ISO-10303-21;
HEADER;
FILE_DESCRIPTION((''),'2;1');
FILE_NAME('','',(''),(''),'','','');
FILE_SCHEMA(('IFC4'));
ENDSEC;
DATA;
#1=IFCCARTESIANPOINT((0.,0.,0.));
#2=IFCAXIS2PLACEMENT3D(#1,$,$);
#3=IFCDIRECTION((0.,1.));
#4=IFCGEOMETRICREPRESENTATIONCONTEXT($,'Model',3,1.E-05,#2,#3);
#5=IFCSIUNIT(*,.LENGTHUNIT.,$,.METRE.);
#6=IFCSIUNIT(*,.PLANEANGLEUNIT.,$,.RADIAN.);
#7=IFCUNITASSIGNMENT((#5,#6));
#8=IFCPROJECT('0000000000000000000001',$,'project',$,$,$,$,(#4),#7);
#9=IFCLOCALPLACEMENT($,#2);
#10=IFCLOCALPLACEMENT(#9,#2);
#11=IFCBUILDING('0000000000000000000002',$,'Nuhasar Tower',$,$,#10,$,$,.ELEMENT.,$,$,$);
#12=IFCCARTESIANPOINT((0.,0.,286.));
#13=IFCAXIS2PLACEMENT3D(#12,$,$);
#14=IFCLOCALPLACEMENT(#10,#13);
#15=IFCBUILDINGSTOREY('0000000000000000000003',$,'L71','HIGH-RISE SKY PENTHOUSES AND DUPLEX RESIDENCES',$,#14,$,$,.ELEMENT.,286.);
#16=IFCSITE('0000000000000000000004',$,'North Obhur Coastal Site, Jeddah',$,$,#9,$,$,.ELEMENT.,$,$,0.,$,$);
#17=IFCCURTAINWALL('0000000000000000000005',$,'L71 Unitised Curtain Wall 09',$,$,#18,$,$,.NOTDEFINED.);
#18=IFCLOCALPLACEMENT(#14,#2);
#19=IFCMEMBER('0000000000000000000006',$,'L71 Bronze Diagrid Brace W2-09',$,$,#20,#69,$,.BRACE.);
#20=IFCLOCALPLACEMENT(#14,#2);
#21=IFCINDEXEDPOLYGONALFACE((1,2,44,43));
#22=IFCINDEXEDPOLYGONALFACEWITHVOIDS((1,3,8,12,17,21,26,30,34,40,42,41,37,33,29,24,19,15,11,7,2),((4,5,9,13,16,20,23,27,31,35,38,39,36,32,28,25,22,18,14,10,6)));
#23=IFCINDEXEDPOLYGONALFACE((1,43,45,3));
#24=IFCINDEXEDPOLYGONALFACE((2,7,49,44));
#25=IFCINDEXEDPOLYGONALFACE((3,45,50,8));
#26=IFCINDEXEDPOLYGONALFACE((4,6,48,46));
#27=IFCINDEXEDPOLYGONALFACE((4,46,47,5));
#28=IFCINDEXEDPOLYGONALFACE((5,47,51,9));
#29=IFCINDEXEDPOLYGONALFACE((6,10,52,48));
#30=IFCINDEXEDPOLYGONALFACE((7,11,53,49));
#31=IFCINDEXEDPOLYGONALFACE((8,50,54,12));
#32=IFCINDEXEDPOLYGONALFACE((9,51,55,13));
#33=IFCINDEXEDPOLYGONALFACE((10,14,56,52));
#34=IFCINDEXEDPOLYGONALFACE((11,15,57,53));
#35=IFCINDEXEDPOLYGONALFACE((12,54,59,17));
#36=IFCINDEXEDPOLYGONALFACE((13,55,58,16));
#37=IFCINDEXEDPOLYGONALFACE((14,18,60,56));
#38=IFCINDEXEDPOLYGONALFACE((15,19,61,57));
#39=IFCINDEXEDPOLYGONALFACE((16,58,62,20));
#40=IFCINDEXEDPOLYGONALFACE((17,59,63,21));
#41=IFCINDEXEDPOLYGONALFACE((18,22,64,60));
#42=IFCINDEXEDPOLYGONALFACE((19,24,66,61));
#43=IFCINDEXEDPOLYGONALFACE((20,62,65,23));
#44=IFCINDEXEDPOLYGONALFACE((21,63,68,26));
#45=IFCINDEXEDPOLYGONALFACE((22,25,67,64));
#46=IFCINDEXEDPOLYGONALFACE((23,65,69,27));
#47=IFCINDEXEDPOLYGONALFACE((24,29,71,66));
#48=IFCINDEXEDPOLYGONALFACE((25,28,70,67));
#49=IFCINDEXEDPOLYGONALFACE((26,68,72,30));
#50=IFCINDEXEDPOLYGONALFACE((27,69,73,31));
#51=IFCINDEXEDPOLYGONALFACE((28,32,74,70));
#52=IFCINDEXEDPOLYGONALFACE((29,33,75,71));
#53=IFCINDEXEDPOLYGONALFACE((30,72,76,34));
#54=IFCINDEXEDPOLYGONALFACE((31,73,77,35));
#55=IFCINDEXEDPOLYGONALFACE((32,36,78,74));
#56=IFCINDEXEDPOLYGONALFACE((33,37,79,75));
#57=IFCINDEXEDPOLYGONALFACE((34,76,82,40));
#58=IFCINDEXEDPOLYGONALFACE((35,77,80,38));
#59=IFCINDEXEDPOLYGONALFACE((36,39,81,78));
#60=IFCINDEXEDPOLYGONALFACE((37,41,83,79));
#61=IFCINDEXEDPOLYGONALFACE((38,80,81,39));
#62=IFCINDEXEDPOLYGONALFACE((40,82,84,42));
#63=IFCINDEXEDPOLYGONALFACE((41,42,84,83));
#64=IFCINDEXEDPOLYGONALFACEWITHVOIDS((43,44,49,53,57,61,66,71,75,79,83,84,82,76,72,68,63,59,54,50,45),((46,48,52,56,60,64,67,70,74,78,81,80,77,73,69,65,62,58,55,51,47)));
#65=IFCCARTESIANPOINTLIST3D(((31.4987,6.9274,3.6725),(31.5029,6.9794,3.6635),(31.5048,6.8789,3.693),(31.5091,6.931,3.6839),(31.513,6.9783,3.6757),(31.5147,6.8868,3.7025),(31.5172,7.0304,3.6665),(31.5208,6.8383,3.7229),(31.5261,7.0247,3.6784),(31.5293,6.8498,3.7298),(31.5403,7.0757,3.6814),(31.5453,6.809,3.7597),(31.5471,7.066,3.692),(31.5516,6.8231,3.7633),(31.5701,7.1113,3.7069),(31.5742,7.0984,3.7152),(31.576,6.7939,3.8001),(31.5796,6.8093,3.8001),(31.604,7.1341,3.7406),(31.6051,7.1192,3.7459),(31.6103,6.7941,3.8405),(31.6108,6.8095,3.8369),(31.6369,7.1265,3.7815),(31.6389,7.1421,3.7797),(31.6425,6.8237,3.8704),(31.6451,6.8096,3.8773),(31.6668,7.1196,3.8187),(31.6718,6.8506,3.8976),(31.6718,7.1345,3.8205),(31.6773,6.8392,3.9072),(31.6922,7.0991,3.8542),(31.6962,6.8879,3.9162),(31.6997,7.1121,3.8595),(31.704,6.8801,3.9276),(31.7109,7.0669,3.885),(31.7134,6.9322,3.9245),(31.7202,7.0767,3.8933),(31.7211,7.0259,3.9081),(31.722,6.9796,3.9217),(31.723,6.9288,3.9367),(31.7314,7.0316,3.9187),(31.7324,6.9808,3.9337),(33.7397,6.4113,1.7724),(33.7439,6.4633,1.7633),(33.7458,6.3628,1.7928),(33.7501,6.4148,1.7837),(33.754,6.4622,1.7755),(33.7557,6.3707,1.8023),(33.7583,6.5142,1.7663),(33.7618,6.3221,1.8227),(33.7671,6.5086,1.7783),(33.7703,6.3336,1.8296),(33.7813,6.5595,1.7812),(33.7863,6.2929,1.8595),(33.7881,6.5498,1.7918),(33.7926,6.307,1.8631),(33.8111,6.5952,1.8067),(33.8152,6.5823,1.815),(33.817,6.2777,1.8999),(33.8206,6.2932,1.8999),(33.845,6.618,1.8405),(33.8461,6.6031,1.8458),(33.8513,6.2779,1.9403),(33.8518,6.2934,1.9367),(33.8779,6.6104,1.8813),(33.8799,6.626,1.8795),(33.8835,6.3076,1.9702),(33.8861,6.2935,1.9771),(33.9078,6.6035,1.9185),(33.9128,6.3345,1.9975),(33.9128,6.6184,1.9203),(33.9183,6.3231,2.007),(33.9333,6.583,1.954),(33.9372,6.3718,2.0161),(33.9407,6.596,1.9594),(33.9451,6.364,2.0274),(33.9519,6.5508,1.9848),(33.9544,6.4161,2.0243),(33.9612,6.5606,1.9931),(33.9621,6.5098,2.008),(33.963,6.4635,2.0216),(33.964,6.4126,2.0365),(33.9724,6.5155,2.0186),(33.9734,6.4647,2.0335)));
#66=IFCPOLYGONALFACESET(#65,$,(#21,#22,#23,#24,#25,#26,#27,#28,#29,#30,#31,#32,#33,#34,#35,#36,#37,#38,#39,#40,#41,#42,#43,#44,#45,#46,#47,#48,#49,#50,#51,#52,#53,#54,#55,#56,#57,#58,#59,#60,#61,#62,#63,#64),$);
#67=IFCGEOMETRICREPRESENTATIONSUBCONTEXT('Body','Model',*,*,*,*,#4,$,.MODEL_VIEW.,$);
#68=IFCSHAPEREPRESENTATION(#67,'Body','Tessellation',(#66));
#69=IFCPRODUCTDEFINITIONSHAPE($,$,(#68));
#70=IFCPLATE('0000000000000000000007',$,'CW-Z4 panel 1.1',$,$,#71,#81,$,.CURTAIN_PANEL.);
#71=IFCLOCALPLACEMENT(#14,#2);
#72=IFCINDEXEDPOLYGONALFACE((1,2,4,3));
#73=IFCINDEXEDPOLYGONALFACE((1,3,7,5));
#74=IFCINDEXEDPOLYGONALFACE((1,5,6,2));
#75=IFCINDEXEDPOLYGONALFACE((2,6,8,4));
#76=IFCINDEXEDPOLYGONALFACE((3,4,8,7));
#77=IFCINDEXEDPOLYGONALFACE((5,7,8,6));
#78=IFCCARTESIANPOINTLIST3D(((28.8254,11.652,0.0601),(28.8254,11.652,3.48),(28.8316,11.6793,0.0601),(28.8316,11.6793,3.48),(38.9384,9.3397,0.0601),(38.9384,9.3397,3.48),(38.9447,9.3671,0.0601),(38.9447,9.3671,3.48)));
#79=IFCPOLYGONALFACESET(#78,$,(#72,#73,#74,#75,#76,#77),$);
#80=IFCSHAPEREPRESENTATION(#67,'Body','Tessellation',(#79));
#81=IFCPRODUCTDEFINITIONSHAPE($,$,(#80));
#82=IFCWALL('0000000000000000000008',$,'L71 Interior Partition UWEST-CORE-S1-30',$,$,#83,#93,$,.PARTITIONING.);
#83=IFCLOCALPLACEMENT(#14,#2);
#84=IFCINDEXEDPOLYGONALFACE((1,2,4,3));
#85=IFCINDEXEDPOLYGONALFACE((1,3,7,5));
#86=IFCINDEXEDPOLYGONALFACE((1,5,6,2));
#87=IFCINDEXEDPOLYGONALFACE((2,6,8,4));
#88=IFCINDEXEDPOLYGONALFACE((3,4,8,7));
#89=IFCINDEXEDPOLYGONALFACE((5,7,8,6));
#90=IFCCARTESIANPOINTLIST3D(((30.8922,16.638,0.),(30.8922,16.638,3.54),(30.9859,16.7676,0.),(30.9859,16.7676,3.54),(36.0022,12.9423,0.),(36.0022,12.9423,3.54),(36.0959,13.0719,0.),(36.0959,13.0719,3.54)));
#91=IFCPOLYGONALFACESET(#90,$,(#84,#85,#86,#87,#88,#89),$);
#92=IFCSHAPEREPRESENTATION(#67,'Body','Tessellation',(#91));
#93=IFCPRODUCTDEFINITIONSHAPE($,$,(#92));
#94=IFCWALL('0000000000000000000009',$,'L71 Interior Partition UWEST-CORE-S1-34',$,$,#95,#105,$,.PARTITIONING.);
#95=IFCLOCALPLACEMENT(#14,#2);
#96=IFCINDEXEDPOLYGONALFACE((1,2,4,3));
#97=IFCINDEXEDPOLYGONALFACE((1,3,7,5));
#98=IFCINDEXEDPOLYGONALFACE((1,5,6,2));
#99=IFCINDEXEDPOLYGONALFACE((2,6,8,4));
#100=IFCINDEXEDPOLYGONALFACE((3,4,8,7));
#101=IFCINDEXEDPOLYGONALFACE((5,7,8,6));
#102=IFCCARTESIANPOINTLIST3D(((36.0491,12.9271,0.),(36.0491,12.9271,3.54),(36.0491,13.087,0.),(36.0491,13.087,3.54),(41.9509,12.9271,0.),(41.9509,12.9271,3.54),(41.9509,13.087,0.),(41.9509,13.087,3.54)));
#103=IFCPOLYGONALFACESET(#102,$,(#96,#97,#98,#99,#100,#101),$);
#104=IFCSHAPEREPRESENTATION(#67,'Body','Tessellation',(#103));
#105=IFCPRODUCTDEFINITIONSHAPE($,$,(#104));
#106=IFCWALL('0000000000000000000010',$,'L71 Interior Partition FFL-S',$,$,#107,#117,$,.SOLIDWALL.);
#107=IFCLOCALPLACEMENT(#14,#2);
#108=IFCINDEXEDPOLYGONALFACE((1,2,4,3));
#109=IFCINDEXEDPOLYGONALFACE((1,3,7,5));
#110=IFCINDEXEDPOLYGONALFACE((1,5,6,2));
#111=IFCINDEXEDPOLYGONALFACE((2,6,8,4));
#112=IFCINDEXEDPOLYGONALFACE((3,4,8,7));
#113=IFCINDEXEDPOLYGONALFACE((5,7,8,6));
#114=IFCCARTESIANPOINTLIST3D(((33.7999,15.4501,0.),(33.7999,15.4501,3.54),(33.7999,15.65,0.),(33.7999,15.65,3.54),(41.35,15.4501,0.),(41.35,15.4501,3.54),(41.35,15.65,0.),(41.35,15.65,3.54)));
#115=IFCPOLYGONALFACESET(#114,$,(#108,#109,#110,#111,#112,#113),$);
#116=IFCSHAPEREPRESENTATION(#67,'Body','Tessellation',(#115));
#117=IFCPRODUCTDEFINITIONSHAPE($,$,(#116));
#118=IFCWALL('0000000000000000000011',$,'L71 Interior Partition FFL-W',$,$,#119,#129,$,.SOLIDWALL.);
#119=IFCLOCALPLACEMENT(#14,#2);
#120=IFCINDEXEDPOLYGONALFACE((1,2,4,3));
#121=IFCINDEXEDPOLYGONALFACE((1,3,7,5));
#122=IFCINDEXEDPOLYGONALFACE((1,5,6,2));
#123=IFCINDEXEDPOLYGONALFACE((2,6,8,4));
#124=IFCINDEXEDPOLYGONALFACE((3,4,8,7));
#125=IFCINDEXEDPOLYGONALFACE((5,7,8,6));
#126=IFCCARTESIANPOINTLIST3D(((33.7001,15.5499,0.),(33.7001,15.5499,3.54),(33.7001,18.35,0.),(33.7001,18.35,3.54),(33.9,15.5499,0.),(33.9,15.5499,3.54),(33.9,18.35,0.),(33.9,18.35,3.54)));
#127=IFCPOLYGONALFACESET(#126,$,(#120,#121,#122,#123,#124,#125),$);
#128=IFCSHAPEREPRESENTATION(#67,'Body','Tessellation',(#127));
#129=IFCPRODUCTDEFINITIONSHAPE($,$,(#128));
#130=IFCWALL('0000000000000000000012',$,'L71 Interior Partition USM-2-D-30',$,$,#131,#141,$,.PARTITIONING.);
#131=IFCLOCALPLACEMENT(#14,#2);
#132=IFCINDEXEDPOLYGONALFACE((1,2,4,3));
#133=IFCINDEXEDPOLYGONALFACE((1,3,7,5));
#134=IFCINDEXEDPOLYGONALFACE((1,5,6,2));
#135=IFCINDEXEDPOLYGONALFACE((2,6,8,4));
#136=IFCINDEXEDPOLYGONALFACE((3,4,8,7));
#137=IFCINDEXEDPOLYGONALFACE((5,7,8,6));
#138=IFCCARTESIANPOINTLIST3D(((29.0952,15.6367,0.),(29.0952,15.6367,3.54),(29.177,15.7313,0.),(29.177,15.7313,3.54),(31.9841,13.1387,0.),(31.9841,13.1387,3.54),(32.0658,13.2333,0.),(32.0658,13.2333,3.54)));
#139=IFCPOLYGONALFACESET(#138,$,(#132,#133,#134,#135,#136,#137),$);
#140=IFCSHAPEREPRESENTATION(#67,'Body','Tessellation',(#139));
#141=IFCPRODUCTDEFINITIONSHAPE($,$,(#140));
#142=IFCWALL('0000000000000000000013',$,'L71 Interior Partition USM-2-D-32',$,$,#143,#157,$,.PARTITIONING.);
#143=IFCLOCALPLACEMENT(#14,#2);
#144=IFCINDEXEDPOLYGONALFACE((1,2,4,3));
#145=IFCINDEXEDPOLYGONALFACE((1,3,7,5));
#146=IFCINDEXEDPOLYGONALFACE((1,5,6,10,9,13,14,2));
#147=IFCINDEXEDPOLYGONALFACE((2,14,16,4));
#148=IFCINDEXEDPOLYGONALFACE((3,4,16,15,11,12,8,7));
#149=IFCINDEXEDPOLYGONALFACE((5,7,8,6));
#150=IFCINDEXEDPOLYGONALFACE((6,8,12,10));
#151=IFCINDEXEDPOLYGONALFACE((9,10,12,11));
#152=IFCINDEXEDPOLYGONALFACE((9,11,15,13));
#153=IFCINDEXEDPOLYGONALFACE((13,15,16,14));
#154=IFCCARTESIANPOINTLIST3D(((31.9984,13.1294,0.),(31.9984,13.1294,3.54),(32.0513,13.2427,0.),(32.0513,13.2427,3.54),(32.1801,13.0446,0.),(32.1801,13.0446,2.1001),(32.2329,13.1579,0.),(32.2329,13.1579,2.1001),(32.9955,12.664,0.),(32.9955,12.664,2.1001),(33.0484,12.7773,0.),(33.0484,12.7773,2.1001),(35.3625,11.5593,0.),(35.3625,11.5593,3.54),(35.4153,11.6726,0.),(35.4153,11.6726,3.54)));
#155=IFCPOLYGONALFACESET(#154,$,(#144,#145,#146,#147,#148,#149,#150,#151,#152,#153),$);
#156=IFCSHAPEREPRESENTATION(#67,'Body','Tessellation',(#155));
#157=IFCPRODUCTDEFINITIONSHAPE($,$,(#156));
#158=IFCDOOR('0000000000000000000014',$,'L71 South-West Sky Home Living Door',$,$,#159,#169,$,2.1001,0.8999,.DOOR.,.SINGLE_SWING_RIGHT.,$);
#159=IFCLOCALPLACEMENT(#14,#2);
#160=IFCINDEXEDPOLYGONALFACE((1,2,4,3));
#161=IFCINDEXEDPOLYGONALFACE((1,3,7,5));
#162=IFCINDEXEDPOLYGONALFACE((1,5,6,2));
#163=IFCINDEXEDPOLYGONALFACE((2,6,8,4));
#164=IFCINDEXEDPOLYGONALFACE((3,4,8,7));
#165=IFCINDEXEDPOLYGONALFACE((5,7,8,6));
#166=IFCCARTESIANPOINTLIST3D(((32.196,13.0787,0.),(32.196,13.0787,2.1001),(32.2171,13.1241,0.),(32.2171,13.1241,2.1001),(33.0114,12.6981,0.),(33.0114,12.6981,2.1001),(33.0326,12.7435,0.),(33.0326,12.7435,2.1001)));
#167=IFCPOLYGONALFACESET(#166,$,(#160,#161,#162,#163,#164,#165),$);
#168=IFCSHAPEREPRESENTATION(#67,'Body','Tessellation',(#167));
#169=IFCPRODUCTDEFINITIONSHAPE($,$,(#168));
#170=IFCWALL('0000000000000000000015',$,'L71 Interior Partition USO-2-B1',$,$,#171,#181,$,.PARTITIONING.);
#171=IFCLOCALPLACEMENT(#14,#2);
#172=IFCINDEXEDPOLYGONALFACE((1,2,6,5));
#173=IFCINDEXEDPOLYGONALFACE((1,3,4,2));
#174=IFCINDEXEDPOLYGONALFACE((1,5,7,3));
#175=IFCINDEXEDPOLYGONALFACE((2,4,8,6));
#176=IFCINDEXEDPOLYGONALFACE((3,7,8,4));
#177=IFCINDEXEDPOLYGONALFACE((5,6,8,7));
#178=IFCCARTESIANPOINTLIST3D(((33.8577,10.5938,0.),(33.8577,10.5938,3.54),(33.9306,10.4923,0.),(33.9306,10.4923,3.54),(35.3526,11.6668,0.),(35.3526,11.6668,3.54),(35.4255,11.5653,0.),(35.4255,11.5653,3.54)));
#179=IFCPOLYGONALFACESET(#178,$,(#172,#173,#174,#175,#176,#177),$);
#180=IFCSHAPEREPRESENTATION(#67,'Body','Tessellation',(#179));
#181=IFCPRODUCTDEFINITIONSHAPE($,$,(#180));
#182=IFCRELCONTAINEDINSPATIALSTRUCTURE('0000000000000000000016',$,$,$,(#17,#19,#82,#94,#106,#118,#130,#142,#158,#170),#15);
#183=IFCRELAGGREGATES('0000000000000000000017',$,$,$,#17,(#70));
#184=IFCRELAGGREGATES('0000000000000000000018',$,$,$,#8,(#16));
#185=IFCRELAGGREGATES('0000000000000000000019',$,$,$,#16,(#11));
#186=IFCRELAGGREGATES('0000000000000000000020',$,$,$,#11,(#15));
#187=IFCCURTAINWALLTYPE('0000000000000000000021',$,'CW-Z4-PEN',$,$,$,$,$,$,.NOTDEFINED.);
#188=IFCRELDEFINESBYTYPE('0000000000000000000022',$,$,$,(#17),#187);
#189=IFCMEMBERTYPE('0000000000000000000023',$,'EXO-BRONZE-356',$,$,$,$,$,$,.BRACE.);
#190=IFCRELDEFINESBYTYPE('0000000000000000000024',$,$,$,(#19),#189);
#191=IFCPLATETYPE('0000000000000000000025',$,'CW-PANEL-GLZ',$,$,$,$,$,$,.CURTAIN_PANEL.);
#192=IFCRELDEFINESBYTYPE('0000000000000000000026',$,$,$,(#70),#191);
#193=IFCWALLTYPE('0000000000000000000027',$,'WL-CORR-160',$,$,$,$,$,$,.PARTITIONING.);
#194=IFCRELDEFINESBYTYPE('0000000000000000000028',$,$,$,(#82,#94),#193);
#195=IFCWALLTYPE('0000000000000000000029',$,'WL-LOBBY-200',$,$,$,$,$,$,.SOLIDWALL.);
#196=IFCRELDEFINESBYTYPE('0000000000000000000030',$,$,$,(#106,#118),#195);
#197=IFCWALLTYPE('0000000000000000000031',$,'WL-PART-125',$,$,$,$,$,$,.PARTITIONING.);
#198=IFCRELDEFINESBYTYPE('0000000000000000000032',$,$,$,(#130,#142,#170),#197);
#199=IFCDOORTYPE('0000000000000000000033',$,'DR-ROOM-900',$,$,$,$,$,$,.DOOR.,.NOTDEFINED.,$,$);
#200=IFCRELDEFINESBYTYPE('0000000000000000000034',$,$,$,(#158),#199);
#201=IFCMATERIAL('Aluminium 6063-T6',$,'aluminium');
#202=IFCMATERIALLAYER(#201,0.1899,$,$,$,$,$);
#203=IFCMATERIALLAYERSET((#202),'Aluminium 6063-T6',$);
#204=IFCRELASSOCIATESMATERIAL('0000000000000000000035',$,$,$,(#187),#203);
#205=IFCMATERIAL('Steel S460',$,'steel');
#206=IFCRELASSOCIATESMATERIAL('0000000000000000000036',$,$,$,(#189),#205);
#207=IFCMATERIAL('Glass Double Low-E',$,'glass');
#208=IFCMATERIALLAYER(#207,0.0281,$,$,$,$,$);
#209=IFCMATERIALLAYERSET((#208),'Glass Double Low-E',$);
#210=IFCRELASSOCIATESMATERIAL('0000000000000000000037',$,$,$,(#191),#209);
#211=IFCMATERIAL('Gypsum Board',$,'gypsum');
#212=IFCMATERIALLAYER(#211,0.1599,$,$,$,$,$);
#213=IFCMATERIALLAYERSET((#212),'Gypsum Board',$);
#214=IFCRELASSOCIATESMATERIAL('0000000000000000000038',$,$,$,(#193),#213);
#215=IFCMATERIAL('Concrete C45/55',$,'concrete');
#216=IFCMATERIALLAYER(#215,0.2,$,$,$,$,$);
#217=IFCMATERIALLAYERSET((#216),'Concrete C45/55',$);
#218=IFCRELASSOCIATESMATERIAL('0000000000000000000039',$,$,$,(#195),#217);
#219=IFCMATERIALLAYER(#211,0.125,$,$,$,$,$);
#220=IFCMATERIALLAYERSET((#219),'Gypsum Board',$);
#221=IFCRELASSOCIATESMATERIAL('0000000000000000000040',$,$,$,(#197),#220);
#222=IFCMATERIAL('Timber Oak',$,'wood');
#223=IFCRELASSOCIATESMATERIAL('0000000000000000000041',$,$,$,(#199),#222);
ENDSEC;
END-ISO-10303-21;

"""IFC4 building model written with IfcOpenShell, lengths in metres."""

from ifc_helpers import new_model, si_unit, direction, frame, frame_2d, origin, origin_2d, place, context, subcontext, project, spatial, rectangle, hollow_circle, extrude, material, layer, layer_set, material_profile, profile_set, type_object, element, fill, aggregate, save


model = new_model("IFC4")

# Units and contexts
model_context = context("Model", 3, precision=1e-05, world=origin(), true_north=direction((0.0, 1.0)))
body_context = subcontext(model_context, "Body", "Model", "MODEL_VIEW")
ifc_project = project(units=[si_unit("LENGTHUNIT", "METRE"), si_unit("PLANEANGLEUNIT", "RADIAN")], contexts=[model_context])

# Site, building, storey
site_placement = place(None, origin())
site = spatial("IfcSite", under=ifc_project, at=site_placement, Name="North Obhur Coastal Site, Jeddah", CompositionType="ELEMENT", RefElevation=0.0)
building_placement = place(site_placement, origin())
building = spatial("IfcBuilding", under=site, at=building_placement, Name="Nuhasar Tower", CompositionType="ELEMENT")
storey_placement = place(building_placement, frame((0.0, 0.0, 286.0)))
storey = spatial("IfcBuildingStorey", under=building, at=storey_placement, Name="L71", Description="HIGH-RISE SKY PENTHOUSES AND DUPLEX RESIDENCES", CompositionType="ELEMENT", Elevation=286.0)

# Curtain wall
ifc_material_1 = material(Name="Aluminium 6063-T6", Category="aluminium")
ifc_layer_1 = layer(ifc_material_1, 0.1899)
ifc_layer_set_1 = layer_set([ifc_layer_1], Name="Aluminium 6063-T6")
curtain_wall_type = type_object("IfcCurtainWallType", Name="CW-Z4-PEN", PredefinedType="NOTDEFINED", material=ifc_layer_set_1)
curtain_wall_placement = place(storey_placement, origin())
curtain_wall = element("IfcCurtainWall", 1, at=curtain_wall_placement, inside=storey, type_object=curtain_wall_type, Name="L71 Unitised Curtain Wall 09", PredefinedType="NOTDEFINED")

# Member
ifc_material_2 = material(Name="Steel S460", Category="steel")
ifc_material_profile_1 = material_profile(ifc_material_2, hollow_circle(Radius=0.1777, WallThickness=0.0159, at=origin_2d()), Name="HSS355.6X15.9")
ifc_profile_set_1 = profile_set([ifc_material_profile_1], Name="Steel S460")
member_type_1 = type_object("IfcMemberType", Name="EXO-BRONZE-356", PredefinedType="BRACE", material=ifc_profile_set_1)
member_1_placement = place(storey_placement, frame((33.8569, 6.4509, 1.8999), z_axis=(-0.751222, 0.173013, 0.636971), x_axis=(-0.224433, -0.97449, 0.0)))
element("IfcMember", 2, at=member_1_placement, inside=storey, type_object=member_type_1, Name="L71 Bronze Diagrid Brace W2-09", PredefinedType="BRACE", context=body_context, shape_type="SweptSolid", body=[
    extrude(hollow_circle(Radius=0.1777, WallThickness=0.0159, at=origin_2d()), origin(), (0.0, 0.0, 1.0), 2.9832),
])

# Plate
ifc_material_3 = material(Name="Glass Double Low-E", Category="glass")
ifc_layer_2 = layer(ifc_material_3, 0.0281)
ifc_layer_set_2 = layer_set([ifc_layer_2], Name="Glass Double Low-E")
plate_type = type_object("IfcPlateType", Name="CW-PANEL-GLZ", PredefinedType="CURTAIN_PANEL", material=ifc_layer_set_2)
plate_placement = place(storey_placement, frame((33.885, 10.5095, 0.0601), z_axis=(0.0, 0.0, 1.0), x_axis=(0.974844, -0.222889, 0.0)))
plate = element("IfcPlate", 3, at=plate_placement, type_object=plate_type, Name="CW-Z4 panel 1.1", PredefinedType="CURTAIN_PANEL", context=body_context, shape_type="SweptSolid", body=[
    extrude(rectangle(XDim=10.374, YDim=0.0281, at=origin_2d()), origin(), (0.0, 0.0, 1.0), 3.4199),
])
aggregate(curtain_wall, [plate])

# Walls
ifc_material_4 = material(Name="Gypsum Board", Category="gypsum")
ifc_layer_3 = layer(ifc_material_4, 0.1599)
ifc_layer_set_3 = layer_set([ifc_layer_3], Name="Gypsum Board")
wall_type_1 = type_object("IfcWallType", Name="WL-CORR-160", PredefinedType="PARTITIONING", material=ifc_layer_set_3)
wall_1_placement = place(storey_placement, frame((30.939, 16.7029, 0.0), z_axis=(0.0, 0.0, 1.0), x_axis=(0.81029, -0.586029, 0.0)))
element("IfcWall", 4, at=wall_1_placement, inside=storey, type_object=wall_type_1, Name="L71 Interior Partition UWEST-CORE-S1-30", PredefinedType="PARTITIONING", context=body_context, shape_type="SweptSolid", body=[
    extrude(rectangle(XDim=6.3064, YDim=0.1599, at=frame_2d((3.1533, 0.0))), origin(), (0.0, 0.0, 1.0), 3.54),
])
wall_2_placement = place(storey_placement, frame((36.0491, 13.0071, 0.0), z_axis=(0.0, 0.0, 1.0), x_axis=(1.0, 0.0, 0.0)))
element("IfcWall", 5, at=wall_2_placement, inside=storey, type_object=wall_type_1, Name="L71 Interior Partition UWEST-CORE-S1-34", PredefinedType="PARTITIONING", context=body_context, shape_type="SweptSolid", body=[
    extrude(rectangle(XDim=5.9019, YDim=0.1599, at=frame_2d((2.9509, 0.0))), origin(), (0.0, 0.0, 1.0), 3.54),
])
ifc_material_5 = material(Name="Concrete C45/55", Category="concrete")
ifc_layer_4 = layer(ifc_material_5, 0.2)
ifc_layer_set_4 = layer_set([ifc_layer_4], Name="Concrete C45/55")
wall_type_2 = type_object("IfcWallType", Name="WL-LOBBY-200", PredefinedType="SOLIDWALL", material=ifc_layer_set_4)
wall_3_placement = place(storey_placement, frame((33.8, 15.55, 0.0), z_axis=(0.0, 0.0, 1.0), x_axis=(1.0, 0.0, 0.0)))
element("IfcWall", 6, at=wall_3_placement, inside=storey, type_object=wall_type_2, Name="L71 Interior Partition FFL-S", PredefinedType="SOLIDWALL", context=body_context, shape_type="SweptSolid", body=[
    extrude(rectangle(XDim=7.55, YDim=0.2, at=frame_2d((3.7749, 0.0))), origin(), (0.0, 0.0, 1.0), 3.54),
])
wall_4_placement = place(storey_placement, frame((33.8, 15.55, 0.0), z_axis=(0.0, 0.0, 1.0), x_axis=(0.0, 1.0, 0.0)))
element("IfcWall", 7, at=wall_4_placement, inside=storey, type_object=wall_type_2, Name="L71 Interior Partition FFL-W", PredefinedType="SOLIDWALL", context=body_context, shape_type="SweptSolid", body=[
    extrude(rectangle(XDim=2.8, YDim=0.2, at=frame_2d((1.3999, 0.0))), origin(), (0.0, 0.0, 1.0), 3.54),
])
ifc_layer_5 = layer(ifc_material_4, 0.125)
ifc_layer_set_5 = layer_set([ifc_layer_5], Name="Gypsum Board")
wall_type_3 = type_object("IfcWallType", Name="WL-PART-125", PredefinedType="PARTITIONING", material=ifc_layer_set_5)
wall_5_placement = place(storey_placement, frame((29.136, 15.6841, 0.0), z_axis=(0.0, 0.0, 1.0), x_axis=(0.756425, -0.654081, 0.0)))
element("IfcWall", 8, at=wall_5_placement, inside=storey, type_object=wall_type_3, Name="L71 Interior Partition USM-2-D-30", PredefinedType="PARTITIONING", context=body_context, shape_type="SweptSolid", body=[
    extrude(rectangle(XDim=3.8191, YDim=0.125, at=frame_2d((1.9097, 0.0))), origin(), (0.0, 0.0, 1.0), 3.54),
])

# Wall, opening, door
wall_6_placement = place(storey_placement, frame((35.3889, 11.616, 0.0), z_axis=(0.0, 0.0, 1.0), x_axis=(-0.906163, 0.422929, 0.0)))
wall_6 = element("IfcWall", 9, at=wall_6_placement, inside=storey, type_object=wall_type_3, Name="L71 Interior Partition USM-2-D-32", PredefinedType="PARTITIONING", context=body_context, shape_type="SweptSolid", body=[
    extrude(rectangle(XDim=3.7124, YDim=0.125, at=frame_2d((1.8562, 0.0))), origin(), (0.0, 0.0, 1.0), 3.54),
])
opening_placement = place(wall_6_placement, frame((2.6121, 0.0, 0.0)))
opening = element("IfcOpeningElement", 10, at=opening_placement, cuts=wall_6, PredefinedType="OPENING", context=body_context, shape_type="SweptSolid", body=[
    extrude(rectangle(XDim=0.8999, YDim=2.1001, at=frame_2d((0.45, 1.05))), frame((0.0, 0.0725, 0.0), z_axis=(0.0, -1.0, 0.0), x_axis=(1.0, 0.0, 0.0)), (0.0, 0.0, 1.0), 0.145),
])
ifc_material_6 = material(Name="Timber Oak", Category="wood")
door_type = type_object("IfcDoorType", Name="DR-ROOM-900", OperationType="NOTDEFINED", PredefinedType="DOOR", material=ifc_material_6)
door_placement = place(opening_placement, origin())
door = element("IfcDoor", 11, at=door_placement, inside=storey, type_object=door_type, Name="L71 South-West Sky Home Living Door", OperationType="SINGLE_SWING_RIGHT", OverallHeight=2.1001, OverallWidth=0.8999, PredefinedType="DOOR", context=body_context, shape_type="SweptSolid", body=[
    extrude(rectangle(XDim=0.8999, YDim=2.1001, at=frame_2d((0.45, 1.05))), frame((0.0, 0.0249, 0.0), z_axis=(0.0, -1.0, 0.0), x_axis=(1.0, 0.0, 0.0)), (0.0, 0.0, 1.0), 0.05),
])
fill(opening, door)

# Wall
wall_7_placement = place(storey_placement, frame((35.3889, 11.616, 0.0), z_axis=(0.0, 0.0, 1.0), x_axis=(-0.812387, -0.583119, 0.0)))
element("IfcWall", 12, at=wall_7_placement, inside=storey, type_object=wall_type_3, Name="L71 Interior Partition USO-2-B1", PredefinedType="PARTITIONING", context=body_context, shape_type="SweptSolid", body=[
    extrude(rectangle(XDim=1.8401, YDim=0.125, at=frame_2d((0.9199, 0.0))), origin(), (0.0, 0.0, 1.0), 3.54),
])

save(model, "model.ifc")
